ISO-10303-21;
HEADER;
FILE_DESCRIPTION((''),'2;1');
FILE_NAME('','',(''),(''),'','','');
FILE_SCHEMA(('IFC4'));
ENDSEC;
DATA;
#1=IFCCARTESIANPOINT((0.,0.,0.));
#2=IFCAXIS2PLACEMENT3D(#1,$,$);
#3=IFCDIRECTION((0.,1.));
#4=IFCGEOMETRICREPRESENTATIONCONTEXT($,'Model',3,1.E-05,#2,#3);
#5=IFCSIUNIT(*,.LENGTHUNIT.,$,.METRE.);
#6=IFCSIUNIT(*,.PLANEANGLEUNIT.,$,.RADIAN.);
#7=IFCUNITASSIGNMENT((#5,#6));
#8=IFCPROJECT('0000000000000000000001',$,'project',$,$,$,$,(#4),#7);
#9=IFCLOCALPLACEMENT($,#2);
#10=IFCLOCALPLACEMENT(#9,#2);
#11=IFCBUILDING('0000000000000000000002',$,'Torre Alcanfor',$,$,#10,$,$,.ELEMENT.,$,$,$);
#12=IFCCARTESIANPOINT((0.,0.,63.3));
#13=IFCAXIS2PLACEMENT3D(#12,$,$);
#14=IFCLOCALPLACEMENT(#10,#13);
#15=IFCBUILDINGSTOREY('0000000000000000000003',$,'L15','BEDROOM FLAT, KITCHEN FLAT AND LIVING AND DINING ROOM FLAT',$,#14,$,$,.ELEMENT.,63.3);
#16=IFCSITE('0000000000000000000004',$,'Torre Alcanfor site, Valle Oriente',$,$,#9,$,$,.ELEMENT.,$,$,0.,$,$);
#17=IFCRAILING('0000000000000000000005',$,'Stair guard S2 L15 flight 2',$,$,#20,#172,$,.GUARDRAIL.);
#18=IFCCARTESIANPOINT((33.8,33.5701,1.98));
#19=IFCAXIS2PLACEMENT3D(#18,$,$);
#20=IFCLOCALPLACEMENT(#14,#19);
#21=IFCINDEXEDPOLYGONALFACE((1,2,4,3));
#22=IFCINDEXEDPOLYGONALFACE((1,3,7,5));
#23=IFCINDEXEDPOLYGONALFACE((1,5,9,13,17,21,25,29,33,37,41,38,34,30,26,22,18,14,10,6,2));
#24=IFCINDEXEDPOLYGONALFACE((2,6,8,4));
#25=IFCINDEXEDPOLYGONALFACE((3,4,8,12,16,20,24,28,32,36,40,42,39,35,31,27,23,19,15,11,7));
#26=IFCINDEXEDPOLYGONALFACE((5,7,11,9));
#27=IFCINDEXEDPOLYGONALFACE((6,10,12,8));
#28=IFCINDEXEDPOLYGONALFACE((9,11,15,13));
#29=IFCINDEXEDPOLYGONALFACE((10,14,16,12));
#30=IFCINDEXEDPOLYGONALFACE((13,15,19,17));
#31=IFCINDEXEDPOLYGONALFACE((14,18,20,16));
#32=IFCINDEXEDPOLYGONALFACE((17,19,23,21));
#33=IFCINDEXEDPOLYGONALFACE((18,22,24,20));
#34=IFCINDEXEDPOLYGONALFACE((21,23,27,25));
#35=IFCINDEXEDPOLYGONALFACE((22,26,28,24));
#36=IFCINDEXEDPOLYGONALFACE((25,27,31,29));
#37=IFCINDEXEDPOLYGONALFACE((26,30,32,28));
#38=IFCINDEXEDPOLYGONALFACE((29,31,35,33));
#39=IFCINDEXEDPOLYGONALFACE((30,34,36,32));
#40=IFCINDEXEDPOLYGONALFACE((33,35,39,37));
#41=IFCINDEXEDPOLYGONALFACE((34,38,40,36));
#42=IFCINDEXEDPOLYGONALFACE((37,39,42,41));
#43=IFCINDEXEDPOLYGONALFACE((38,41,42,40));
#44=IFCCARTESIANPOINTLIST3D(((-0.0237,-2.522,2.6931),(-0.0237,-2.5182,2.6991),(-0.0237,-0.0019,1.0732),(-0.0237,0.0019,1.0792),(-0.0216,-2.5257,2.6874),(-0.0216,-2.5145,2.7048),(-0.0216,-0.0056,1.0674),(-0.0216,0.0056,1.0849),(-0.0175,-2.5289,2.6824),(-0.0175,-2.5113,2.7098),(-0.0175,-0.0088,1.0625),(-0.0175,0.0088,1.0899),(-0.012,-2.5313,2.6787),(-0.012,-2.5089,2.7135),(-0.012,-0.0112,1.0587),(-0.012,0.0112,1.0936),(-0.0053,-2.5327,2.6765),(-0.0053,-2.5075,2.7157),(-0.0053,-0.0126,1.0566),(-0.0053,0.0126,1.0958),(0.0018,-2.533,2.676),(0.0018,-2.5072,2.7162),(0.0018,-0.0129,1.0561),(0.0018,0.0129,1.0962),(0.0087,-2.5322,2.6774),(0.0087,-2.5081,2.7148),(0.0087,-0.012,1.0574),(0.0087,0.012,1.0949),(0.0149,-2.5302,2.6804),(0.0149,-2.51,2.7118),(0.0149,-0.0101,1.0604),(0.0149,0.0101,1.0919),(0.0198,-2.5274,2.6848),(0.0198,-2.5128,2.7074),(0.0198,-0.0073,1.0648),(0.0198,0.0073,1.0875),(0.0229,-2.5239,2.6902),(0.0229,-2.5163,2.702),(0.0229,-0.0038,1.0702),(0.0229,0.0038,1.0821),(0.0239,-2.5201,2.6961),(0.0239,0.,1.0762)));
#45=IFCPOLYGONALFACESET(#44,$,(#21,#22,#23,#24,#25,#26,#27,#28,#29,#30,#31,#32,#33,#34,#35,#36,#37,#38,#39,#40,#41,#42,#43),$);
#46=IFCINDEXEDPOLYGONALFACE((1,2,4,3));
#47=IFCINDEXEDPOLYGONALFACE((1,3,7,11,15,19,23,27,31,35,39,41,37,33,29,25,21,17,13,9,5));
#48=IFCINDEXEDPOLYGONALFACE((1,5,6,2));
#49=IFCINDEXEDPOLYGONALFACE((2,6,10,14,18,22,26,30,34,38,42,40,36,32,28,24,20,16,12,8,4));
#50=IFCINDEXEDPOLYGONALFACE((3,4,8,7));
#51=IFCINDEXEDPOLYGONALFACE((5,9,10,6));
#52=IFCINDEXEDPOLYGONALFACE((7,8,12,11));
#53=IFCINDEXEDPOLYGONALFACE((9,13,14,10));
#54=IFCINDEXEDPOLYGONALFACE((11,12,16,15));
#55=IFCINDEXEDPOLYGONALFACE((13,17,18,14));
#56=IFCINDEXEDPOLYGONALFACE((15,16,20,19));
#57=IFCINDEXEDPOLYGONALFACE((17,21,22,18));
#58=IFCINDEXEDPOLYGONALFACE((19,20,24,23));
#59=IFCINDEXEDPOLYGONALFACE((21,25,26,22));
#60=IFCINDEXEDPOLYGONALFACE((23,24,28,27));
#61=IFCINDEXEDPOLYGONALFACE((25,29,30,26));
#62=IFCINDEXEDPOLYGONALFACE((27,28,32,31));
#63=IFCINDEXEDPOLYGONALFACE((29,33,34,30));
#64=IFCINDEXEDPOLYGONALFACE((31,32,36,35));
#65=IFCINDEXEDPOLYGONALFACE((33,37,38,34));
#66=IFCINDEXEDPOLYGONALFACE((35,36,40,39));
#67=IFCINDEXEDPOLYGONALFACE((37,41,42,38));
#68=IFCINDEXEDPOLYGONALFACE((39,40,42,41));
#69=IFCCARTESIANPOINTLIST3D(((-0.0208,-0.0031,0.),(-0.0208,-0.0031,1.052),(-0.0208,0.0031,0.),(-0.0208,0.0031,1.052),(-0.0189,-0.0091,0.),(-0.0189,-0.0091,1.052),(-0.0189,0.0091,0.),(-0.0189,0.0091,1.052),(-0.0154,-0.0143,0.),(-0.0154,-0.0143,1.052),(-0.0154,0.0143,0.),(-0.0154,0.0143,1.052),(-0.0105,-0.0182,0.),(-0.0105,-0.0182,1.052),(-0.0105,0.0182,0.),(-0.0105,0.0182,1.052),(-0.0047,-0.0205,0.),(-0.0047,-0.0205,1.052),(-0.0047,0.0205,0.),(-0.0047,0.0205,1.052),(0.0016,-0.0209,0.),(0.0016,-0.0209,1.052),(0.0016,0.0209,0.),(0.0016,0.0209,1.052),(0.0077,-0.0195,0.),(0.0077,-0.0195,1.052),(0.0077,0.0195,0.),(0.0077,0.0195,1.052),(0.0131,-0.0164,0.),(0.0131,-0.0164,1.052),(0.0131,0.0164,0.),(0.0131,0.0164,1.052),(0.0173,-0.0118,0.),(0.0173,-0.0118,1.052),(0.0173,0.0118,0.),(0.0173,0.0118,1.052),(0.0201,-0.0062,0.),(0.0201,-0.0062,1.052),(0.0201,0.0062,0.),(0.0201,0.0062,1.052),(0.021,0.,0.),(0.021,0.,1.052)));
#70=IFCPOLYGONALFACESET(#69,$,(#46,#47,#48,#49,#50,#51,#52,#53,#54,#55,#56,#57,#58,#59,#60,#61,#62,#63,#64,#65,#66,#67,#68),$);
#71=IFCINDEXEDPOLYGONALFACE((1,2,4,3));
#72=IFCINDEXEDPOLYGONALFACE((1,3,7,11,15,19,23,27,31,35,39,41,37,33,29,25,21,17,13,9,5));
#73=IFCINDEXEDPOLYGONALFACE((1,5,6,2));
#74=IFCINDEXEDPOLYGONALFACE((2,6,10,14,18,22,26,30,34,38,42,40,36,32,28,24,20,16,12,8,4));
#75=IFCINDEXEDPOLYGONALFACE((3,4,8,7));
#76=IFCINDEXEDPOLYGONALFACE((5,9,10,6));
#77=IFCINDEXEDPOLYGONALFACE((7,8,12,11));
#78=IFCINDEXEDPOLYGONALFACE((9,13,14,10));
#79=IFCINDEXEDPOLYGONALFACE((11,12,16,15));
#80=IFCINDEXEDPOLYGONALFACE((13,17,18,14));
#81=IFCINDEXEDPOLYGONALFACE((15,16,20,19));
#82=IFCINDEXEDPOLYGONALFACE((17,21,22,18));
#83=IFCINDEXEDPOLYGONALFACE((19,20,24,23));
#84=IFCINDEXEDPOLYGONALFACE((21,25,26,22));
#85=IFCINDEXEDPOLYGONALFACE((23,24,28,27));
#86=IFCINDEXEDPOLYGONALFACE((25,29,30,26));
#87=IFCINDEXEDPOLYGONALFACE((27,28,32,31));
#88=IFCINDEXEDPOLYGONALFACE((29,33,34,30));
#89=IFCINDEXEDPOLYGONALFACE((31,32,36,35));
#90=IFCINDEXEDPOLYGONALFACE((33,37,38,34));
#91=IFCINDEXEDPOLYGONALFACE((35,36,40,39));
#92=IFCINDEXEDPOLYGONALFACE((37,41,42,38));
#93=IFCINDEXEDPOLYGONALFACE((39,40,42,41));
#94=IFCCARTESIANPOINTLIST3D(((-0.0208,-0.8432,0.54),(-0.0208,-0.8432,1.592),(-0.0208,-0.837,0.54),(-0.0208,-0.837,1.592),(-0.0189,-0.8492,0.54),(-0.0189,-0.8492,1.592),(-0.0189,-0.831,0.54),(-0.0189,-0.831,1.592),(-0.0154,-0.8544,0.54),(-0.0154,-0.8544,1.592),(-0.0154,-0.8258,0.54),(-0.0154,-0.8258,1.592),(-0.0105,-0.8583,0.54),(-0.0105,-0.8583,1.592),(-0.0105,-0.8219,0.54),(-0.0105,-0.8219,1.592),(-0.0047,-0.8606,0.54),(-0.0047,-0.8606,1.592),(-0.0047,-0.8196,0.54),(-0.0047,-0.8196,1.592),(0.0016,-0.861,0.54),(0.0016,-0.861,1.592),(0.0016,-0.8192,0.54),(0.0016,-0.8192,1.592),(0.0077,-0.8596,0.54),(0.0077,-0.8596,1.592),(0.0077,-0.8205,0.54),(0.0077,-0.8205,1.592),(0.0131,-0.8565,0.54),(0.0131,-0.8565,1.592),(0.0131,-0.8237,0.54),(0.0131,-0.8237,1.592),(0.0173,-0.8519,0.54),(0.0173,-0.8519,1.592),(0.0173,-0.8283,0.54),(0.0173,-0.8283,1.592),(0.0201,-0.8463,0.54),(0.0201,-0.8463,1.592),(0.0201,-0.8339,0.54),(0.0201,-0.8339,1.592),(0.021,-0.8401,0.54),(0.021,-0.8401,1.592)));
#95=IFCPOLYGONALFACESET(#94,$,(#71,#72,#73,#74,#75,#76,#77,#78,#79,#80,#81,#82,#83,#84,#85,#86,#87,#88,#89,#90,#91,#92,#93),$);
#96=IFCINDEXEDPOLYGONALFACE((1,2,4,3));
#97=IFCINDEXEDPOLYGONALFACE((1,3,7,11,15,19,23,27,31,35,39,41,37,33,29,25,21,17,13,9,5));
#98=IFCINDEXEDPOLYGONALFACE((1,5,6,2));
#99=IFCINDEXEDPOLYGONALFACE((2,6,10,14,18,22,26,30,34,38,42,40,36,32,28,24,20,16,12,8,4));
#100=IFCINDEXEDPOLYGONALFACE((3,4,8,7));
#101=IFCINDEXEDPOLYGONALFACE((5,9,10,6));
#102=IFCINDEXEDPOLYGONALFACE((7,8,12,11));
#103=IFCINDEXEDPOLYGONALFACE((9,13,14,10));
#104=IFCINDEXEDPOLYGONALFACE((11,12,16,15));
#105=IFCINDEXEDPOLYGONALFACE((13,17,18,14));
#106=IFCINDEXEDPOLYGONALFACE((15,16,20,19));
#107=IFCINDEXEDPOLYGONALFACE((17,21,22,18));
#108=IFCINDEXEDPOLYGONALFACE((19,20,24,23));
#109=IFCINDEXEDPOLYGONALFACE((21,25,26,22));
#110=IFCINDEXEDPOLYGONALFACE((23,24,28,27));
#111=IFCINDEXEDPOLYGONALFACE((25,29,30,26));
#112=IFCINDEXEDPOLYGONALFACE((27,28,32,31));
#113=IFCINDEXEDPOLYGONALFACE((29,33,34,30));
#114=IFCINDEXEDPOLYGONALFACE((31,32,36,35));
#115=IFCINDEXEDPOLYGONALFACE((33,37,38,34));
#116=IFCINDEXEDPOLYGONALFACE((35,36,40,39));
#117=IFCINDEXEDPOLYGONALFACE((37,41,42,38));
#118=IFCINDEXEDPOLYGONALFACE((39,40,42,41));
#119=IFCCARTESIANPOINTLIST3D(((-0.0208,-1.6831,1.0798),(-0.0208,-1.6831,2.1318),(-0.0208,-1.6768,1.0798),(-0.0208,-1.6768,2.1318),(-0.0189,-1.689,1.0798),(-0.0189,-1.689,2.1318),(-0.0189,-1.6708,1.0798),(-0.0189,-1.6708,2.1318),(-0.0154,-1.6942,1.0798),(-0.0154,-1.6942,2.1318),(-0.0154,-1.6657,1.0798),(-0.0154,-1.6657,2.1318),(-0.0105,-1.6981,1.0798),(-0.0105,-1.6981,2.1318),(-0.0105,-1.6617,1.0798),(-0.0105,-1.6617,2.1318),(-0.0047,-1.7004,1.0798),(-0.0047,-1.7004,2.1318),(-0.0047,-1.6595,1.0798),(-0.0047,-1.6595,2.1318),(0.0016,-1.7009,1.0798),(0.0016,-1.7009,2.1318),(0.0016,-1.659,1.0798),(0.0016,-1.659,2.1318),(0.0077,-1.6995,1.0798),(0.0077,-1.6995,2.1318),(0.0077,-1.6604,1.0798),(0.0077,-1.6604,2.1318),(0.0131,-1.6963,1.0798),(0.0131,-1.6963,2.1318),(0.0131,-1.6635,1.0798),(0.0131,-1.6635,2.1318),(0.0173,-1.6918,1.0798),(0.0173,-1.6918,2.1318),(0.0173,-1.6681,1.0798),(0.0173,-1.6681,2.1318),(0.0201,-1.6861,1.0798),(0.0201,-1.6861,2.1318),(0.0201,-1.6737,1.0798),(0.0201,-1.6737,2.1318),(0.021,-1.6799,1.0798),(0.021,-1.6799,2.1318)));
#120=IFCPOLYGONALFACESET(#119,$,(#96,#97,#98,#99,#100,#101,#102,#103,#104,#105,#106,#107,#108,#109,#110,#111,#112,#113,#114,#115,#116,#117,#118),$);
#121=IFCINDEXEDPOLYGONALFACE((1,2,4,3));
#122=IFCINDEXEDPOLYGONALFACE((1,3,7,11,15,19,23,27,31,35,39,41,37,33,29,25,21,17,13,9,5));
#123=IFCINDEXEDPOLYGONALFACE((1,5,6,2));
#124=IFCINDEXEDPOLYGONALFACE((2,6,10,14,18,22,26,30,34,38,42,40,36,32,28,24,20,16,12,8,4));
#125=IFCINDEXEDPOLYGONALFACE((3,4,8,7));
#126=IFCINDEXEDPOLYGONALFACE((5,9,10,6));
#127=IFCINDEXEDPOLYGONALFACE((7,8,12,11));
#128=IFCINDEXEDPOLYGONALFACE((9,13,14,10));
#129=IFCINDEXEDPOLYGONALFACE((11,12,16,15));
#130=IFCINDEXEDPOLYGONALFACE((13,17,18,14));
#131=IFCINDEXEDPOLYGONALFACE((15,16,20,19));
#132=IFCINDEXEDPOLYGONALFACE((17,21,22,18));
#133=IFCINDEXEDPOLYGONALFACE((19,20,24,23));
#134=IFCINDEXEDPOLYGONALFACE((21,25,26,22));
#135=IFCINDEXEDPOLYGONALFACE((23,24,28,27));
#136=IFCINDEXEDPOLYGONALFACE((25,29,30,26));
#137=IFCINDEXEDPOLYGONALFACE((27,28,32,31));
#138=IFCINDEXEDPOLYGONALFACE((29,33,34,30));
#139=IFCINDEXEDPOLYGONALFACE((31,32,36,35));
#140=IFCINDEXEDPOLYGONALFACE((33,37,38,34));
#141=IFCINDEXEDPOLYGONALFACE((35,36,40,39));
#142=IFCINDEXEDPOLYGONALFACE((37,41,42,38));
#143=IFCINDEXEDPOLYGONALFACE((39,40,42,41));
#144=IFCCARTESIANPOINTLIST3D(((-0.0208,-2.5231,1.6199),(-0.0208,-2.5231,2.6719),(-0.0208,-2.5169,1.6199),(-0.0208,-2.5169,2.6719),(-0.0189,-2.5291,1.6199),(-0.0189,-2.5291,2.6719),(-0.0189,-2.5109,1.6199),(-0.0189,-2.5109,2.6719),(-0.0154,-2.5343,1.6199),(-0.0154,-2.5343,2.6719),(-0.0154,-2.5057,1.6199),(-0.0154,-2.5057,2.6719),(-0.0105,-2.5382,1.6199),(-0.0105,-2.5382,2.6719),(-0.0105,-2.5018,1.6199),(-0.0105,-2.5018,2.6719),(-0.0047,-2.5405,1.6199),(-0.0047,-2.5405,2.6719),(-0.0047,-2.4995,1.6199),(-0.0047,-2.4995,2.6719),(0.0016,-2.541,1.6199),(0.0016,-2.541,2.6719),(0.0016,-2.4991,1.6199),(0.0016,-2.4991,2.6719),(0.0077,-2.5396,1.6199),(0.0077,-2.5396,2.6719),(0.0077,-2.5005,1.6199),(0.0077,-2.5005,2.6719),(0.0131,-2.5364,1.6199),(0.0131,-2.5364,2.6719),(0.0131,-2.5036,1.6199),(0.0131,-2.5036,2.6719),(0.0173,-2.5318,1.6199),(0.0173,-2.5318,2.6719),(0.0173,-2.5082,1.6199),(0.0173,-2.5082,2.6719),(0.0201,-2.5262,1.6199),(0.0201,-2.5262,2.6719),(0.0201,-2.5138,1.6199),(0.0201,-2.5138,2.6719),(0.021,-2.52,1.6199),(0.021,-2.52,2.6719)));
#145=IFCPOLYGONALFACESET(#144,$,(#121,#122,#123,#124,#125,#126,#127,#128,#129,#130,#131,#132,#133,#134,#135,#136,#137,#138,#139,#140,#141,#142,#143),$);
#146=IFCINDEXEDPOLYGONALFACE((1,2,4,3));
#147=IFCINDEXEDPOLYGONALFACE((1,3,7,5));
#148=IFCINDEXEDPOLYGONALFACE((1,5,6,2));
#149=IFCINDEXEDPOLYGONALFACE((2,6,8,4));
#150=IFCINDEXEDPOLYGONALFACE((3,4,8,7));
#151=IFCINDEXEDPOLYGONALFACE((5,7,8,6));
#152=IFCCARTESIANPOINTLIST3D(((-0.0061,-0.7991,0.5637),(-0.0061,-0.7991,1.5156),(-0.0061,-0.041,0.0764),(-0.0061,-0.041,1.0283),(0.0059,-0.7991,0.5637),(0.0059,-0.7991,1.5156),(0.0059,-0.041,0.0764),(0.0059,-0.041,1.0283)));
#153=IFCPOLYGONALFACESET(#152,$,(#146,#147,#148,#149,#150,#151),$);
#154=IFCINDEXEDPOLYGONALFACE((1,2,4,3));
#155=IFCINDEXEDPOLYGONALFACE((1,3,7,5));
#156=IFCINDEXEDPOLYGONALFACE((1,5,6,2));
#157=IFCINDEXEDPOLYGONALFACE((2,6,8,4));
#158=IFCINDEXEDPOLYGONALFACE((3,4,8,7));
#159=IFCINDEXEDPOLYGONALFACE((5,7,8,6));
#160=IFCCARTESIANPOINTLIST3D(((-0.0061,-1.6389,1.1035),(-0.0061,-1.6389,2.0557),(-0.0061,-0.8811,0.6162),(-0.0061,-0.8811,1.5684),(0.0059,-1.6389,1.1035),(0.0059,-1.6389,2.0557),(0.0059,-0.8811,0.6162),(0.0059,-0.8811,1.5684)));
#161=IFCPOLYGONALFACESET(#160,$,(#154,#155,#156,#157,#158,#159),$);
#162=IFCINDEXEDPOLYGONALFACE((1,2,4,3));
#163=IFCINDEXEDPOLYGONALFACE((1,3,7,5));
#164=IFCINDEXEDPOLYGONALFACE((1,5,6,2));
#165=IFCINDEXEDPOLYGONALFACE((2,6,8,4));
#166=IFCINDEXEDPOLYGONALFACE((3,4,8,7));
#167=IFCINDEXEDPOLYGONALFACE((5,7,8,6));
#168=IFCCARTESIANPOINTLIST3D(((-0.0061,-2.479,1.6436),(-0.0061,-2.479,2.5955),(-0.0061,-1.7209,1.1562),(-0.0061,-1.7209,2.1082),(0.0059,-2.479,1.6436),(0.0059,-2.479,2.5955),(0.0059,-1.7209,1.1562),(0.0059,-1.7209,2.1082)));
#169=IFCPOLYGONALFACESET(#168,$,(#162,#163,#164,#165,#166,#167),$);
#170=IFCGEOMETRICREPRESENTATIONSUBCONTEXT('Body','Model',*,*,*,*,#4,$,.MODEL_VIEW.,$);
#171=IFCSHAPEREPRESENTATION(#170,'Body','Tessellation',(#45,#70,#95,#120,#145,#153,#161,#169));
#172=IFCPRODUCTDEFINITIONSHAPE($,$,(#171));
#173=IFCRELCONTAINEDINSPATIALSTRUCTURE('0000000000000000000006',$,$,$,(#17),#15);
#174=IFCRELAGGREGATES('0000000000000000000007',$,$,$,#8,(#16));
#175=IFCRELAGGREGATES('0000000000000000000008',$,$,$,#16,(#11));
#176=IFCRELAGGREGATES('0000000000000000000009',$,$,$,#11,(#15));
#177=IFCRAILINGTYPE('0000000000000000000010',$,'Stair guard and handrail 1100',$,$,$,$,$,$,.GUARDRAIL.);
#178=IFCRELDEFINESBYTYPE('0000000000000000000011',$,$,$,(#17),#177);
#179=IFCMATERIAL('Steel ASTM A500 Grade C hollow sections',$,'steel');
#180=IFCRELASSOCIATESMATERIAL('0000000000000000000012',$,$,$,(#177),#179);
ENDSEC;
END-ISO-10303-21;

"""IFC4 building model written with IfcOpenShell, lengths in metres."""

from ifc_helpers import new_model, si_unit, direction, frame, origin, origin_2d, place, context, subcontext, project, spatial, polyline, circle, outline, extrude, material, type_object, element, save


model = new_model("IFC4")

# Units and contexts
model_context = context("Model", 3, precision=1e-05, world=origin(), true_north=direction((0.0, 1.0)))
body_context = subcontext(model_context, "Body", "Model", "MODEL_VIEW")
ifc_project = project(units=[si_unit("LENGTHUNIT", "METRE"), si_unit("PLANEANGLEUNIT", "RADIAN")], contexts=[model_context])

# Site, building, storey
site_placement = place(None, origin())
site = spatial("IfcSite", under=ifc_project, at=site_placement, Name="Torre Alcanfor site, Valle Oriente", CompositionType="ELEMENT", RefElevation=0.0)
building_placement = place(site_placement, origin())
building = spatial("IfcBuilding", under=site, at=building_placement, Name="Torre Alcanfor", CompositionType="ELEMENT")
storey_placement = place(building_placement, frame((0.0, 0.0, 63.3)))
storey = spatial("IfcBuildingStorey", under=building, at=storey_placement, Name="L15", Description="BEDROOM FLAT, KITCHEN FLAT AND LIVING AND DINING ROOM FLAT", CompositionType="ELEMENT", Elevation=63.3)

# Railing
ifc_material_1 = material(Name="Steel ASTM A500 Grade C hollow sections", Category="steel")
railing_type_1 = type_object("IfcRailingType", Name="Stair guard and handrail 1100", PredefinedType="GUARDRAIL", material=ifc_material_1)
railing_1_placement = place(storey_placement, frame((33.8, 33.5701, 1.98)))
element("IfcRailing", 1, at=railing_1_placement, inside=storey, type_object=railing_type_1, Name="Stair guard S2 L15 flight 2", PredefinedType="GUARDRAIL", context=body_context, shape_type="SweptSolid", body=[
    extrude(circle(Radius=0.0239, at=origin_2d()), frame((0.0, 0.0, 1.0762), z_axis=(0.0, -0.8412, 0.540725), x_axis=(1.0, 0.0, 0.0)), (0.0, 0.0, 1.0), 2.9958),
    extrude(circle(Radius=0.021, at=origin_2d()), origin(), (0.0, 0.0, 1.0), 1.052),
    extrude(circle(Radius=0.021, at=origin_2d()), frame((0.0, -0.8401, 0.54)), (0.0, 0.0, 1.0), 1.052),
    extrude(circle(Radius=0.021, at=origin_2d()), frame((0.0, -1.6799, 1.0798)), (0.0, 0.0, 1.0), 1.052),
    extrude(circle(Radius=0.021, at=origin_2d()), frame((0.0, -2.52, 1.6199)), (0.0, 0.0, 1.0), 1.052),
    extrude(outline(polyline([(0.041, 0.0764), (0.7991, 0.5637), (0.7991, 1.5156), (0.041, 1.0283), (0.041, 0.0764)])), frame((0.0059, 0.0, 0.0), z_axis=(-1.0, 0.0, 0.0), x_axis=(0.0, -1.0, 0.0)), (0.0, 0.0, 1.0), 0.012),
    extrude(outline(polyline([(0.8811, 0.6162), (1.6389, 1.1035), (1.6389, 2.0557), (0.8811, 1.5684), (0.8811, 0.6162)])), frame((0.0059, 0.0, 0.0), z_axis=(-1.0, 0.0, 0.0), x_axis=(0.0, -1.0, 0.0)), (0.0, 0.0, 1.0), 0.012),
    extrude(outline(polyline([(1.7209, 1.1562), (2.479, 1.6436), (2.479, 2.5955), (1.7209, 2.1082), (1.7209, 1.1562)])), frame((0.0059, 0.0, 0.0), z_axis=(-1.0, 0.0, 0.0), x_axis=(0.0, -1.0, 0.0)), (0.0, 0.0, 1.0), 0.012),
])

save(model, "model.ifc")
